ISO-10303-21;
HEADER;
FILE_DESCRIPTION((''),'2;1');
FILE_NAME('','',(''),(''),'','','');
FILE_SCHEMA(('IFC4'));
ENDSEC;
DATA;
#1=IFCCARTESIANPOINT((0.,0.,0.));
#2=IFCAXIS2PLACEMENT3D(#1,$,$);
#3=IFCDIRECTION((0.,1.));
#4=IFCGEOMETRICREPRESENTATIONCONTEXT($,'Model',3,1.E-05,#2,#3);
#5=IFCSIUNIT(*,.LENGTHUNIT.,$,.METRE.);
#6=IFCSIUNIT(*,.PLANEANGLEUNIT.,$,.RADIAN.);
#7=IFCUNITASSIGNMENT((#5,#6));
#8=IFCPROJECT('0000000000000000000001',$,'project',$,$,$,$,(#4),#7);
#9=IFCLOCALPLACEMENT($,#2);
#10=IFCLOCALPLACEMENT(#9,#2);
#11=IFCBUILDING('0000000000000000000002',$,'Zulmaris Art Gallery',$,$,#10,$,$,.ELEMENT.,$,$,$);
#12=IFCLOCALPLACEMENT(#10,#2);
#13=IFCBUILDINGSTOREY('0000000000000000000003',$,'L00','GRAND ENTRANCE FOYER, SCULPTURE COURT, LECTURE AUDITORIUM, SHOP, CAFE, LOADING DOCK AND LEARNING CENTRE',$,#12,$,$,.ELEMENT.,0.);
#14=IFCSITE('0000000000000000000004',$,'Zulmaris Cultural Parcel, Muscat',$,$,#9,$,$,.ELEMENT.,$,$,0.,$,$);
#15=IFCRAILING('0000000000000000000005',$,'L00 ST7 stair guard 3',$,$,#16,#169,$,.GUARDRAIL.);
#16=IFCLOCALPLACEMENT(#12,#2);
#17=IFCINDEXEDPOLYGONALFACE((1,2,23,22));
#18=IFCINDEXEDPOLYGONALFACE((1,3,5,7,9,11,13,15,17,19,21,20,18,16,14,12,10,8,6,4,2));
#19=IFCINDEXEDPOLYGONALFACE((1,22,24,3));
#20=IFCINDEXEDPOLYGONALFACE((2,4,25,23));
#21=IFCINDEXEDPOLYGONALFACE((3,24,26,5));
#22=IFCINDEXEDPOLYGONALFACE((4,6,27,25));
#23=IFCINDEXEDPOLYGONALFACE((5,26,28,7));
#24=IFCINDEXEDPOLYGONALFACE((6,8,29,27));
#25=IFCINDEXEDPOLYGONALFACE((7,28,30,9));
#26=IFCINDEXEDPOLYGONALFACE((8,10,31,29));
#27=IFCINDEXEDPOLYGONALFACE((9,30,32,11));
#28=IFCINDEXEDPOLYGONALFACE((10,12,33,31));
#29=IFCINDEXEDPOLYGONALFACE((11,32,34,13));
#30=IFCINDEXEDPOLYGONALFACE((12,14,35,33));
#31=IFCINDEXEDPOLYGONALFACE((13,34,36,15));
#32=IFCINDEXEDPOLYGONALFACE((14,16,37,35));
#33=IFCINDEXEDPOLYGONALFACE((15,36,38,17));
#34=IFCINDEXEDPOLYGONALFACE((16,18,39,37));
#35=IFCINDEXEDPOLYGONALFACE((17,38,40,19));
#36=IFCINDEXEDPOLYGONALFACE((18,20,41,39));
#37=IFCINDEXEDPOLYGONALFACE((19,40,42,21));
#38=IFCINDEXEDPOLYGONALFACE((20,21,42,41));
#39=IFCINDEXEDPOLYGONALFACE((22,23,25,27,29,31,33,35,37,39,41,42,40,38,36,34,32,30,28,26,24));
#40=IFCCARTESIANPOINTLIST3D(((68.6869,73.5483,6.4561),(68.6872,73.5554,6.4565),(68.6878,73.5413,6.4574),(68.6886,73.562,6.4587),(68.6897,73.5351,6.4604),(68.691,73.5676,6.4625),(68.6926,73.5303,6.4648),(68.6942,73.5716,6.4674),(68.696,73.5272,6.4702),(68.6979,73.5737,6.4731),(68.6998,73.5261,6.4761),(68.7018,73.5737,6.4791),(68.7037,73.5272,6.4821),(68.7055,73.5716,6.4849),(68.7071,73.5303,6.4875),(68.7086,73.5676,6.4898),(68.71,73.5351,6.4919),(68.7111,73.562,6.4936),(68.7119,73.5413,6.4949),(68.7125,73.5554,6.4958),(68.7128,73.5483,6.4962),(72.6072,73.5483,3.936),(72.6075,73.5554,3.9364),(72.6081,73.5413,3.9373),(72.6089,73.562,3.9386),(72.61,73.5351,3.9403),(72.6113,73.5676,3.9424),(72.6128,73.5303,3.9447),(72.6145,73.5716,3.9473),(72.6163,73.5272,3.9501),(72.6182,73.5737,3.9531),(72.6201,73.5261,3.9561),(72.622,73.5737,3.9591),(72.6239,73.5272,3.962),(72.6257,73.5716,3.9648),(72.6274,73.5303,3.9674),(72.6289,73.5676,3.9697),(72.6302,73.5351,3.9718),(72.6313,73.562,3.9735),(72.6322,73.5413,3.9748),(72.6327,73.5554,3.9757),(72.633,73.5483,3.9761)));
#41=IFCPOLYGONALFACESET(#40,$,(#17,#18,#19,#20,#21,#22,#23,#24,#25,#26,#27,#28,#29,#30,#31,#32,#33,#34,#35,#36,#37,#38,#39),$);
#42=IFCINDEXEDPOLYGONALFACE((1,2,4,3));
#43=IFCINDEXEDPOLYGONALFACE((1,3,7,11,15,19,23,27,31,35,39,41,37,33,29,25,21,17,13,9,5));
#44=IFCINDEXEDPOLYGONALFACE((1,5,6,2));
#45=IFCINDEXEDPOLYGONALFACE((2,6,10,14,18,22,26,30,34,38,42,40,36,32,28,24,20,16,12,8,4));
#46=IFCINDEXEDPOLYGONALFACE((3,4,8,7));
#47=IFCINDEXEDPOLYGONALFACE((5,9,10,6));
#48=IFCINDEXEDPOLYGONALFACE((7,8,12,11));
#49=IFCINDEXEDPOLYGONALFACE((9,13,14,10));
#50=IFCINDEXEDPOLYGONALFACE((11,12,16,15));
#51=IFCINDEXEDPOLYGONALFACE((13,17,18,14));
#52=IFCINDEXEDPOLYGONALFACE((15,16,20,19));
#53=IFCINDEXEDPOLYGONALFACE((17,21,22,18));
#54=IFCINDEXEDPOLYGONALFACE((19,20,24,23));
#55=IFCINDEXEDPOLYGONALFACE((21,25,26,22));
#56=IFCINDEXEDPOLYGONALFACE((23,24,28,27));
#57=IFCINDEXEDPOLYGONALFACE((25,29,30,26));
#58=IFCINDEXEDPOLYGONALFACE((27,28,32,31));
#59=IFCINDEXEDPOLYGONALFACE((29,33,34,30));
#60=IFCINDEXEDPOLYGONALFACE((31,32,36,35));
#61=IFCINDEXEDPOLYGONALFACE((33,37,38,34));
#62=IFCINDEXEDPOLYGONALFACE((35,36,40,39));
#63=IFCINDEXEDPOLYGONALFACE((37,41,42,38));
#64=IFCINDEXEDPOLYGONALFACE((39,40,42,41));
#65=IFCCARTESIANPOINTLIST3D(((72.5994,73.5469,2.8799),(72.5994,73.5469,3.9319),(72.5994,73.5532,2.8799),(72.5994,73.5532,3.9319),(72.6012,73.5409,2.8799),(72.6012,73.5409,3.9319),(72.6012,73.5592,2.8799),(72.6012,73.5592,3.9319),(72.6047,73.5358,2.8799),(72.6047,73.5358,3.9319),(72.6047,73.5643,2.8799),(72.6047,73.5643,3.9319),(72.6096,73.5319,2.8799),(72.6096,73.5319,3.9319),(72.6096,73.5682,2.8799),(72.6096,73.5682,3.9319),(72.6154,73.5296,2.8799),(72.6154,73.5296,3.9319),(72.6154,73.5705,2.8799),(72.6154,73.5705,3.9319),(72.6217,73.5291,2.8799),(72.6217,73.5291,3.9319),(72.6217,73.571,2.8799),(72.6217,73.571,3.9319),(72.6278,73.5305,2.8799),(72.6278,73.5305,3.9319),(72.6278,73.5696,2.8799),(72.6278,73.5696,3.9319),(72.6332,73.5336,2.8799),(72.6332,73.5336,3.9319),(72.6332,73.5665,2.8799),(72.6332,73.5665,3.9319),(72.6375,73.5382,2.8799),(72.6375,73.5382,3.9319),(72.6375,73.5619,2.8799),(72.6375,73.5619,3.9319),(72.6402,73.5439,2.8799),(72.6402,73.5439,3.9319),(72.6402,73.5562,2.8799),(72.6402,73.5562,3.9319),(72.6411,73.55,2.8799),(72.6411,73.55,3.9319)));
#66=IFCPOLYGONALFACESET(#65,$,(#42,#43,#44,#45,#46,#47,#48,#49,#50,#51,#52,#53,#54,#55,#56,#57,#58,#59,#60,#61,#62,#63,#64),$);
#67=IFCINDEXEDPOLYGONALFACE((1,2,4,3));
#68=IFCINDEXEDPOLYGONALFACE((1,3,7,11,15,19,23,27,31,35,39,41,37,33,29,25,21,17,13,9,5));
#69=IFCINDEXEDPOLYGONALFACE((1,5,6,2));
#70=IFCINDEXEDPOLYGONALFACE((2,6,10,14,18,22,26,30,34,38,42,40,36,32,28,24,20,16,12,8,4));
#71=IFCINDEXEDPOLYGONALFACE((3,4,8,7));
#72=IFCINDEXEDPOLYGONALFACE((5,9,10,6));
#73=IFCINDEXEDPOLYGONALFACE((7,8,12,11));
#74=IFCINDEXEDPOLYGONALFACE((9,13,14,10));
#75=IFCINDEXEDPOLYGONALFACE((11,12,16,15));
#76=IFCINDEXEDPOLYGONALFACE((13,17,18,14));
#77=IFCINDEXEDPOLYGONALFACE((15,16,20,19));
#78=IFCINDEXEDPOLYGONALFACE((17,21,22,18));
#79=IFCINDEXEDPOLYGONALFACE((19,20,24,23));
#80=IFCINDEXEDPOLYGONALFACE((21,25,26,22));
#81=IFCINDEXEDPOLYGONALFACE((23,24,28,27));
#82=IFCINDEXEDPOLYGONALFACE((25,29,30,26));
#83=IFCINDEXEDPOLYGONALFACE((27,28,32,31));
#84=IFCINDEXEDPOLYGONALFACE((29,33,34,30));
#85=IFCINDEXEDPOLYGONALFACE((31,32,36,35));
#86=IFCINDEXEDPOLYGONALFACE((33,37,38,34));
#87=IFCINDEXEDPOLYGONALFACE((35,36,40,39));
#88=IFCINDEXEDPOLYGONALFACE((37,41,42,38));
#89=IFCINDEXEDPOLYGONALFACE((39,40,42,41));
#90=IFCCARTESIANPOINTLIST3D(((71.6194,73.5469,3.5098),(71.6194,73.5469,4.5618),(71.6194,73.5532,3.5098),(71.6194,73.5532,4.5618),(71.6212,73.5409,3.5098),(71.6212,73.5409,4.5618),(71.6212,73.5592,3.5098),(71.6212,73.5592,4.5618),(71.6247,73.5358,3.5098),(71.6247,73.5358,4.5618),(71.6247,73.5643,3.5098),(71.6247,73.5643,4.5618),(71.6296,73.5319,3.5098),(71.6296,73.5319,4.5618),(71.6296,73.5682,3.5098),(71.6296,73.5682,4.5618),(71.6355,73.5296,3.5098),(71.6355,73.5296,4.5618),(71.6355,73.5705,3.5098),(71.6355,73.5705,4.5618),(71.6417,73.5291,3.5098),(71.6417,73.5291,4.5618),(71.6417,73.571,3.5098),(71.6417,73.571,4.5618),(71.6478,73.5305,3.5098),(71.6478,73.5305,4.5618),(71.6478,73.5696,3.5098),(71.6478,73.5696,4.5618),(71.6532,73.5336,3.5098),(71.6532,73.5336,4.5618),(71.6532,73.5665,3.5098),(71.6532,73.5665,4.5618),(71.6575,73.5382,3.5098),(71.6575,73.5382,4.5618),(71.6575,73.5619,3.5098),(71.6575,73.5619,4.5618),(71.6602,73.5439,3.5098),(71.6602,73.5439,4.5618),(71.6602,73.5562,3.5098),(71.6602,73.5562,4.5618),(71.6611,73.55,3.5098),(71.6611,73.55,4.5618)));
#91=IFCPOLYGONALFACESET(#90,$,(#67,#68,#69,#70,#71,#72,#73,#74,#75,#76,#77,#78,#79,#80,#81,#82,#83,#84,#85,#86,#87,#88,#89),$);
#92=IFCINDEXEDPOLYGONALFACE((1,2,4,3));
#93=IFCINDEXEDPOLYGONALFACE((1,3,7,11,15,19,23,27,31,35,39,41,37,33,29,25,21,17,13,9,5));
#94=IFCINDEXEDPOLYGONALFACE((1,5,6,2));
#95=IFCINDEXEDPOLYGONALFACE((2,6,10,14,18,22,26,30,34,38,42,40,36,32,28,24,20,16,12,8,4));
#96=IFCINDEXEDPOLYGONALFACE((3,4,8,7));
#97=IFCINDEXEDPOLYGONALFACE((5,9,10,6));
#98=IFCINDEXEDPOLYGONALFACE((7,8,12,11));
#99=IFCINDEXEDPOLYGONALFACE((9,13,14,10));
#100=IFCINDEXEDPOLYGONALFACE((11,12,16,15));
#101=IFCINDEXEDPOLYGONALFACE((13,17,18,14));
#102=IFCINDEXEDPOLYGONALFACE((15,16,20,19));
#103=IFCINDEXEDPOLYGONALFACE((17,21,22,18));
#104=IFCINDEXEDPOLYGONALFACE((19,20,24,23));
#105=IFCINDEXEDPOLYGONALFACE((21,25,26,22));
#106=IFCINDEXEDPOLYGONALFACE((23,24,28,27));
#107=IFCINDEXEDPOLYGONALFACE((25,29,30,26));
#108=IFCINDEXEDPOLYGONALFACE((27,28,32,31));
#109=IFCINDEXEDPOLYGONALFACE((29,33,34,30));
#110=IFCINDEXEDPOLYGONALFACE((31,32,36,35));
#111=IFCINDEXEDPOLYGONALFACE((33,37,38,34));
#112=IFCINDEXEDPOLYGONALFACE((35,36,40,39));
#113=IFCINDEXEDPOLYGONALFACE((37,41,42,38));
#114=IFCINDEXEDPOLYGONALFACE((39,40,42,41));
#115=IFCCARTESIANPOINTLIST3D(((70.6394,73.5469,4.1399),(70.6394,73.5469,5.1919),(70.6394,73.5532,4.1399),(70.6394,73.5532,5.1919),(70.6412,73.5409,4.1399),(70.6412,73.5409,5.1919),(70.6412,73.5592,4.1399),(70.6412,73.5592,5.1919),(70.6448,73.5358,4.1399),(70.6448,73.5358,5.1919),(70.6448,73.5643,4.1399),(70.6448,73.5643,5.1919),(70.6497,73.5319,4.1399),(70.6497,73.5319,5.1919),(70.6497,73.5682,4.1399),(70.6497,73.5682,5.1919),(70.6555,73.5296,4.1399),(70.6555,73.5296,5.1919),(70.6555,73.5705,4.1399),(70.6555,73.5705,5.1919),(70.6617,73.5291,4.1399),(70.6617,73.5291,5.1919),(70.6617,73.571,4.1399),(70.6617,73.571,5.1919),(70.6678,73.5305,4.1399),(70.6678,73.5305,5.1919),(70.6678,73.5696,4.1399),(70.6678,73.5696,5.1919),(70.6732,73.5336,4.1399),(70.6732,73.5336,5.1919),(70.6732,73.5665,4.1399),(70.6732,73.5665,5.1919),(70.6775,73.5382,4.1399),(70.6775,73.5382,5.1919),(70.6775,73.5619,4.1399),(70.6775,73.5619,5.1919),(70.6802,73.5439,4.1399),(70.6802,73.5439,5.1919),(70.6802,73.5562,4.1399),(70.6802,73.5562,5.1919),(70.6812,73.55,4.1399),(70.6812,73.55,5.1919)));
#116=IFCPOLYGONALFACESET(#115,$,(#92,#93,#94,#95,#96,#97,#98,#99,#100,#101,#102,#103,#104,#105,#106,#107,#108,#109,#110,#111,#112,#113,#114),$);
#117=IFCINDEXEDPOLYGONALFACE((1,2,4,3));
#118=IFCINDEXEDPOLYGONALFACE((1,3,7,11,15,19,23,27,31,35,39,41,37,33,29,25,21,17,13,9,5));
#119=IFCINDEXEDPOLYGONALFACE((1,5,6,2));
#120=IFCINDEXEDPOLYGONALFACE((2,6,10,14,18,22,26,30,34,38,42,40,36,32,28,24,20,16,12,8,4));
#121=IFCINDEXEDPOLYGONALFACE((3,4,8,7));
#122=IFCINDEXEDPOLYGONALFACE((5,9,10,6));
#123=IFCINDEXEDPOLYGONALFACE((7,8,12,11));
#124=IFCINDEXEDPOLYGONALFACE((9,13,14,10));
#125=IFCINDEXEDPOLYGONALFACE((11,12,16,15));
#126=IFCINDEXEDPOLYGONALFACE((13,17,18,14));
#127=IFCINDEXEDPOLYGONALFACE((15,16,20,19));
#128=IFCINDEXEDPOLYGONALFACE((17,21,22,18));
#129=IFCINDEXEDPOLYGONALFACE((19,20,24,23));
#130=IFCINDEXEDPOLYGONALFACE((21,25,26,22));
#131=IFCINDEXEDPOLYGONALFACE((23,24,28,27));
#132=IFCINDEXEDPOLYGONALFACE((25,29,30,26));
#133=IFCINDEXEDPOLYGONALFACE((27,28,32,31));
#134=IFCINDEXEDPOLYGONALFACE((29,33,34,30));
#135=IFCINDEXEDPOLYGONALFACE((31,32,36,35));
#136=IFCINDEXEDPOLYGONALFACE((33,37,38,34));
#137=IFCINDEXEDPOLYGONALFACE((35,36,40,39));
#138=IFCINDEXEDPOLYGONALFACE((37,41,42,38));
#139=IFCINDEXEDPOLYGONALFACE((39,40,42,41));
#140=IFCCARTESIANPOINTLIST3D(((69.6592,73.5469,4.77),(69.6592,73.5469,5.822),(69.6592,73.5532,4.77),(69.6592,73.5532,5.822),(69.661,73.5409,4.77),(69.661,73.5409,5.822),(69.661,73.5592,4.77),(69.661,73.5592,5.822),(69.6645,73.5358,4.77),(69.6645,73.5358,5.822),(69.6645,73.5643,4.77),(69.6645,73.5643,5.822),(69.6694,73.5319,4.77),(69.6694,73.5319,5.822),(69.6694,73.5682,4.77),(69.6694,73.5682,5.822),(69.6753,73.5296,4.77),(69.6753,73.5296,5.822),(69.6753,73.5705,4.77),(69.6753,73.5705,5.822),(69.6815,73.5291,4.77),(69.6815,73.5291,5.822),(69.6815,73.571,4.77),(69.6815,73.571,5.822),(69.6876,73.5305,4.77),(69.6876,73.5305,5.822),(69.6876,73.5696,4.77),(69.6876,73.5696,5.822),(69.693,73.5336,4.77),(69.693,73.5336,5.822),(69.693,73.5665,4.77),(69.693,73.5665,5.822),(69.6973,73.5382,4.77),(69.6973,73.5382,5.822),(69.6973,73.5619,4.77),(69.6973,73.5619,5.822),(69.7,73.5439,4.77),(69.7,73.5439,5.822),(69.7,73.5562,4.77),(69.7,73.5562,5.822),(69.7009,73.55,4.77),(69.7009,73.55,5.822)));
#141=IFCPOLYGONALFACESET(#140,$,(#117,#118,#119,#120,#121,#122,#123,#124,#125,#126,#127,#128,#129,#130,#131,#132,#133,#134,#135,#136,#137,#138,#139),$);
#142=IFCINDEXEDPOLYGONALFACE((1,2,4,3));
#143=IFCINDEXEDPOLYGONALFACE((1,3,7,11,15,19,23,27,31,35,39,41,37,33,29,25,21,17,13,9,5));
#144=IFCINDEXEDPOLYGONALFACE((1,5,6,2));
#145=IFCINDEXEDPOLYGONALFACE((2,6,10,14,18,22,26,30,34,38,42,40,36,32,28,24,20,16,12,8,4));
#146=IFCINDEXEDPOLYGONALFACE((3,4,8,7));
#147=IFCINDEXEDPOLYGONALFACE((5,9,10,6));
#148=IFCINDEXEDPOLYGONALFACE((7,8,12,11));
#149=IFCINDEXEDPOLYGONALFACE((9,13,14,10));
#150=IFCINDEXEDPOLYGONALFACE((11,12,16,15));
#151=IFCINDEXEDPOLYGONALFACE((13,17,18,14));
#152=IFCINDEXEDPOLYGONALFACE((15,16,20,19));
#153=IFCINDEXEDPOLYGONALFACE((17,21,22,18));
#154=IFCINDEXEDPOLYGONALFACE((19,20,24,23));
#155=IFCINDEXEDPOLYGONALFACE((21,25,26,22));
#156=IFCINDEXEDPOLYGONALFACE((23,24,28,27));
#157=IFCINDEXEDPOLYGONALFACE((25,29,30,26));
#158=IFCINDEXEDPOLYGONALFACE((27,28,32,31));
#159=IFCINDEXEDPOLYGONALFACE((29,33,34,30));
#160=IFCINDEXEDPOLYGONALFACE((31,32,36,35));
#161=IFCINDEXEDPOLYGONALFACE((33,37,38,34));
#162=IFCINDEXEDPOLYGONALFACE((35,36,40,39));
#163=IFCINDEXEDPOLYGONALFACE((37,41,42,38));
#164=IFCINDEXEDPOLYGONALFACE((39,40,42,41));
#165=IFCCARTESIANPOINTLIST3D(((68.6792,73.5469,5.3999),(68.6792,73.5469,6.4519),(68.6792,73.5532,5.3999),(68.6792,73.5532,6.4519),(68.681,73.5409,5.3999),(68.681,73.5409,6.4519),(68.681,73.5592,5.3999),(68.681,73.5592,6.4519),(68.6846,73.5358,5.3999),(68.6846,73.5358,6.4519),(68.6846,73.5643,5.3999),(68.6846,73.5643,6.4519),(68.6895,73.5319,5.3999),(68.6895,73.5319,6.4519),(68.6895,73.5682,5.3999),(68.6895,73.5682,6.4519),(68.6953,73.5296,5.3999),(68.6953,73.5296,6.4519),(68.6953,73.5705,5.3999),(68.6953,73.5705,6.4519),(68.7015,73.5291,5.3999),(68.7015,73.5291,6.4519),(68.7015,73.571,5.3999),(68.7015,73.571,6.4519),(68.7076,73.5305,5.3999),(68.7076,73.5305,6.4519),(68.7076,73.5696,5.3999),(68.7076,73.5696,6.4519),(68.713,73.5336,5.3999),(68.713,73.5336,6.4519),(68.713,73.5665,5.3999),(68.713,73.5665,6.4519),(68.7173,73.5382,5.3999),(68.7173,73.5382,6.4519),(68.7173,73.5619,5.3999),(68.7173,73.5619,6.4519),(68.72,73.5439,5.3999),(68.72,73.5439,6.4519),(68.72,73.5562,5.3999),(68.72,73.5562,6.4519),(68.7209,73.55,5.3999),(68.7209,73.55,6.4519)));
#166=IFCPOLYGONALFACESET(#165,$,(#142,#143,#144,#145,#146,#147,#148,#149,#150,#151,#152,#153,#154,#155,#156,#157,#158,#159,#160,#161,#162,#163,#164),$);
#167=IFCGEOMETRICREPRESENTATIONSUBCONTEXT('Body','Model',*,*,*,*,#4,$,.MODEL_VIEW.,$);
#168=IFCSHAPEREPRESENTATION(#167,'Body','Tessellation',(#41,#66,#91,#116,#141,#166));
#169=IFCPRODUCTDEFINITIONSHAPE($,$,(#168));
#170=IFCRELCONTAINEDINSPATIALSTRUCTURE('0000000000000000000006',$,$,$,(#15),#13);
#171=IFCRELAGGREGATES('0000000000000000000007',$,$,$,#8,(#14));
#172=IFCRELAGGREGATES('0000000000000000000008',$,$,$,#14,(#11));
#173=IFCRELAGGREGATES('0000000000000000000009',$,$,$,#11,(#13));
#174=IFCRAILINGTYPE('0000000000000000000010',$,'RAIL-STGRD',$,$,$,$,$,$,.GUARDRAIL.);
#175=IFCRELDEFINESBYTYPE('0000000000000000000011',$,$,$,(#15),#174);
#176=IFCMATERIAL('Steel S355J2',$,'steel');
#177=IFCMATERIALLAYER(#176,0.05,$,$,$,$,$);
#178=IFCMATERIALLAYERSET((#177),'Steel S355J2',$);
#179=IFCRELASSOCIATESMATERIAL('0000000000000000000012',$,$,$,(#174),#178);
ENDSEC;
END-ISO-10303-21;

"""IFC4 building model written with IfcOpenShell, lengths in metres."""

from ifc_helpers import new_model, si_unit, direction, frame, origin, origin_2d, place, context, subcontext, project, spatial, circle, extrude, material, layer, layer_set, type_object, element, save


model = new_model("IFC4")

# Units and contexts
model_context = context("Model", 3, precision=1e-05, world=origin(), true_north=direction((0.0, 1.0)))
body_context = subcontext(model_context, "Body", "Model", "MODEL_VIEW")
ifc_project = project(units=[si_unit("LENGTHUNIT", "METRE"), si_unit("PLANEANGLEUNIT", "RADIAN")], contexts=[model_context])

# Site, building, storey
site_placement = place(None, origin())
site = spatial("IfcSite", under=ifc_project, at=site_placement, Name="Zulmaris Cultural Parcel, Muscat", CompositionType="ELEMENT", RefElevation=0.0)
building_placement = place(site_placement, origin())
building = spatial("IfcBuilding", under=site, at=building_placement, Name="Zulmaris Art Gallery", CompositionType="ELEMENT")
storey_placement = place(building_placement, origin())
storey = spatial("IfcBuildingStorey", under=building, at=storey_placement, Name="L00", Description="GRAND ENTRANCE FOYER, SCULPTURE COURT, LECTURE AUDITORIUM, SHOP, CAFE, LOADING DOCK AND LEARNING CENTRE", CompositionType="ELEMENT", Elevation=0.0)

# Railing
ifc_material_1 = material(Name="Steel S355J2", Category="steel")
ifc_layer_1 = layer(ifc_material_1, 0.05)
ifc_layer_set_1 = layer_set([ifc_layer_1], Name="Steel S355J2")
railing_type_1 = type_object("IfcRailingType", Name="RAIL-STGRD", PredefinedType="GUARDRAIL", material=ifc_layer_set_1)
railing_1_placement = place(storey_placement, frame((72.6201, 73.55, 2.8799)))
element("IfcRailing", 1, at=railing_1_placement, inside=storey, type_object=railing_type_1, Name="L00 ST7 stair guard 3", PredefinedType="GUARDRAIL", context=body_context, shape_type="SweptSolid", body=[
    extrude(circle(Radius=0.0239, at=origin_2d()), frame((0.0, 0.0, 1.0762), z_axis=(-0.841187, 0.0, 0.540744), x_axis=(0.0, -1.0, 0.0)), (0.0, 0.0, 1.0), 4.6604),
    extrude(circle(Radius=0.021, at=origin_2d()), origin(), (0.0, 0.0, 1.0), 1.052),
    extrude(circle(Radius=0.021, at=origin_2d()), frame((-0.98, 0.0, 0.6299)), (0.0, 0.0, 1.0), 1.052),
    extrude(circle(Radius=0.021, at=origin_2d()), frame((-1.96, 0.0, 1.26)), (0.0, 0.0, 1.0), 1.052),
    extrude(circle(Radius=0.021, at=origin_2d()), frame((-2.9402, 0.0, 1.8901)), (0.0, 0.0, 1.0), 1.052),
    extrude(circle(Radius=0.021, at=origin_2d()), frame((-3.9202, 0.0, 2.52)), (0.0, 0.0, 1.0), 1.052),
])

save(model, "model.ifc")
